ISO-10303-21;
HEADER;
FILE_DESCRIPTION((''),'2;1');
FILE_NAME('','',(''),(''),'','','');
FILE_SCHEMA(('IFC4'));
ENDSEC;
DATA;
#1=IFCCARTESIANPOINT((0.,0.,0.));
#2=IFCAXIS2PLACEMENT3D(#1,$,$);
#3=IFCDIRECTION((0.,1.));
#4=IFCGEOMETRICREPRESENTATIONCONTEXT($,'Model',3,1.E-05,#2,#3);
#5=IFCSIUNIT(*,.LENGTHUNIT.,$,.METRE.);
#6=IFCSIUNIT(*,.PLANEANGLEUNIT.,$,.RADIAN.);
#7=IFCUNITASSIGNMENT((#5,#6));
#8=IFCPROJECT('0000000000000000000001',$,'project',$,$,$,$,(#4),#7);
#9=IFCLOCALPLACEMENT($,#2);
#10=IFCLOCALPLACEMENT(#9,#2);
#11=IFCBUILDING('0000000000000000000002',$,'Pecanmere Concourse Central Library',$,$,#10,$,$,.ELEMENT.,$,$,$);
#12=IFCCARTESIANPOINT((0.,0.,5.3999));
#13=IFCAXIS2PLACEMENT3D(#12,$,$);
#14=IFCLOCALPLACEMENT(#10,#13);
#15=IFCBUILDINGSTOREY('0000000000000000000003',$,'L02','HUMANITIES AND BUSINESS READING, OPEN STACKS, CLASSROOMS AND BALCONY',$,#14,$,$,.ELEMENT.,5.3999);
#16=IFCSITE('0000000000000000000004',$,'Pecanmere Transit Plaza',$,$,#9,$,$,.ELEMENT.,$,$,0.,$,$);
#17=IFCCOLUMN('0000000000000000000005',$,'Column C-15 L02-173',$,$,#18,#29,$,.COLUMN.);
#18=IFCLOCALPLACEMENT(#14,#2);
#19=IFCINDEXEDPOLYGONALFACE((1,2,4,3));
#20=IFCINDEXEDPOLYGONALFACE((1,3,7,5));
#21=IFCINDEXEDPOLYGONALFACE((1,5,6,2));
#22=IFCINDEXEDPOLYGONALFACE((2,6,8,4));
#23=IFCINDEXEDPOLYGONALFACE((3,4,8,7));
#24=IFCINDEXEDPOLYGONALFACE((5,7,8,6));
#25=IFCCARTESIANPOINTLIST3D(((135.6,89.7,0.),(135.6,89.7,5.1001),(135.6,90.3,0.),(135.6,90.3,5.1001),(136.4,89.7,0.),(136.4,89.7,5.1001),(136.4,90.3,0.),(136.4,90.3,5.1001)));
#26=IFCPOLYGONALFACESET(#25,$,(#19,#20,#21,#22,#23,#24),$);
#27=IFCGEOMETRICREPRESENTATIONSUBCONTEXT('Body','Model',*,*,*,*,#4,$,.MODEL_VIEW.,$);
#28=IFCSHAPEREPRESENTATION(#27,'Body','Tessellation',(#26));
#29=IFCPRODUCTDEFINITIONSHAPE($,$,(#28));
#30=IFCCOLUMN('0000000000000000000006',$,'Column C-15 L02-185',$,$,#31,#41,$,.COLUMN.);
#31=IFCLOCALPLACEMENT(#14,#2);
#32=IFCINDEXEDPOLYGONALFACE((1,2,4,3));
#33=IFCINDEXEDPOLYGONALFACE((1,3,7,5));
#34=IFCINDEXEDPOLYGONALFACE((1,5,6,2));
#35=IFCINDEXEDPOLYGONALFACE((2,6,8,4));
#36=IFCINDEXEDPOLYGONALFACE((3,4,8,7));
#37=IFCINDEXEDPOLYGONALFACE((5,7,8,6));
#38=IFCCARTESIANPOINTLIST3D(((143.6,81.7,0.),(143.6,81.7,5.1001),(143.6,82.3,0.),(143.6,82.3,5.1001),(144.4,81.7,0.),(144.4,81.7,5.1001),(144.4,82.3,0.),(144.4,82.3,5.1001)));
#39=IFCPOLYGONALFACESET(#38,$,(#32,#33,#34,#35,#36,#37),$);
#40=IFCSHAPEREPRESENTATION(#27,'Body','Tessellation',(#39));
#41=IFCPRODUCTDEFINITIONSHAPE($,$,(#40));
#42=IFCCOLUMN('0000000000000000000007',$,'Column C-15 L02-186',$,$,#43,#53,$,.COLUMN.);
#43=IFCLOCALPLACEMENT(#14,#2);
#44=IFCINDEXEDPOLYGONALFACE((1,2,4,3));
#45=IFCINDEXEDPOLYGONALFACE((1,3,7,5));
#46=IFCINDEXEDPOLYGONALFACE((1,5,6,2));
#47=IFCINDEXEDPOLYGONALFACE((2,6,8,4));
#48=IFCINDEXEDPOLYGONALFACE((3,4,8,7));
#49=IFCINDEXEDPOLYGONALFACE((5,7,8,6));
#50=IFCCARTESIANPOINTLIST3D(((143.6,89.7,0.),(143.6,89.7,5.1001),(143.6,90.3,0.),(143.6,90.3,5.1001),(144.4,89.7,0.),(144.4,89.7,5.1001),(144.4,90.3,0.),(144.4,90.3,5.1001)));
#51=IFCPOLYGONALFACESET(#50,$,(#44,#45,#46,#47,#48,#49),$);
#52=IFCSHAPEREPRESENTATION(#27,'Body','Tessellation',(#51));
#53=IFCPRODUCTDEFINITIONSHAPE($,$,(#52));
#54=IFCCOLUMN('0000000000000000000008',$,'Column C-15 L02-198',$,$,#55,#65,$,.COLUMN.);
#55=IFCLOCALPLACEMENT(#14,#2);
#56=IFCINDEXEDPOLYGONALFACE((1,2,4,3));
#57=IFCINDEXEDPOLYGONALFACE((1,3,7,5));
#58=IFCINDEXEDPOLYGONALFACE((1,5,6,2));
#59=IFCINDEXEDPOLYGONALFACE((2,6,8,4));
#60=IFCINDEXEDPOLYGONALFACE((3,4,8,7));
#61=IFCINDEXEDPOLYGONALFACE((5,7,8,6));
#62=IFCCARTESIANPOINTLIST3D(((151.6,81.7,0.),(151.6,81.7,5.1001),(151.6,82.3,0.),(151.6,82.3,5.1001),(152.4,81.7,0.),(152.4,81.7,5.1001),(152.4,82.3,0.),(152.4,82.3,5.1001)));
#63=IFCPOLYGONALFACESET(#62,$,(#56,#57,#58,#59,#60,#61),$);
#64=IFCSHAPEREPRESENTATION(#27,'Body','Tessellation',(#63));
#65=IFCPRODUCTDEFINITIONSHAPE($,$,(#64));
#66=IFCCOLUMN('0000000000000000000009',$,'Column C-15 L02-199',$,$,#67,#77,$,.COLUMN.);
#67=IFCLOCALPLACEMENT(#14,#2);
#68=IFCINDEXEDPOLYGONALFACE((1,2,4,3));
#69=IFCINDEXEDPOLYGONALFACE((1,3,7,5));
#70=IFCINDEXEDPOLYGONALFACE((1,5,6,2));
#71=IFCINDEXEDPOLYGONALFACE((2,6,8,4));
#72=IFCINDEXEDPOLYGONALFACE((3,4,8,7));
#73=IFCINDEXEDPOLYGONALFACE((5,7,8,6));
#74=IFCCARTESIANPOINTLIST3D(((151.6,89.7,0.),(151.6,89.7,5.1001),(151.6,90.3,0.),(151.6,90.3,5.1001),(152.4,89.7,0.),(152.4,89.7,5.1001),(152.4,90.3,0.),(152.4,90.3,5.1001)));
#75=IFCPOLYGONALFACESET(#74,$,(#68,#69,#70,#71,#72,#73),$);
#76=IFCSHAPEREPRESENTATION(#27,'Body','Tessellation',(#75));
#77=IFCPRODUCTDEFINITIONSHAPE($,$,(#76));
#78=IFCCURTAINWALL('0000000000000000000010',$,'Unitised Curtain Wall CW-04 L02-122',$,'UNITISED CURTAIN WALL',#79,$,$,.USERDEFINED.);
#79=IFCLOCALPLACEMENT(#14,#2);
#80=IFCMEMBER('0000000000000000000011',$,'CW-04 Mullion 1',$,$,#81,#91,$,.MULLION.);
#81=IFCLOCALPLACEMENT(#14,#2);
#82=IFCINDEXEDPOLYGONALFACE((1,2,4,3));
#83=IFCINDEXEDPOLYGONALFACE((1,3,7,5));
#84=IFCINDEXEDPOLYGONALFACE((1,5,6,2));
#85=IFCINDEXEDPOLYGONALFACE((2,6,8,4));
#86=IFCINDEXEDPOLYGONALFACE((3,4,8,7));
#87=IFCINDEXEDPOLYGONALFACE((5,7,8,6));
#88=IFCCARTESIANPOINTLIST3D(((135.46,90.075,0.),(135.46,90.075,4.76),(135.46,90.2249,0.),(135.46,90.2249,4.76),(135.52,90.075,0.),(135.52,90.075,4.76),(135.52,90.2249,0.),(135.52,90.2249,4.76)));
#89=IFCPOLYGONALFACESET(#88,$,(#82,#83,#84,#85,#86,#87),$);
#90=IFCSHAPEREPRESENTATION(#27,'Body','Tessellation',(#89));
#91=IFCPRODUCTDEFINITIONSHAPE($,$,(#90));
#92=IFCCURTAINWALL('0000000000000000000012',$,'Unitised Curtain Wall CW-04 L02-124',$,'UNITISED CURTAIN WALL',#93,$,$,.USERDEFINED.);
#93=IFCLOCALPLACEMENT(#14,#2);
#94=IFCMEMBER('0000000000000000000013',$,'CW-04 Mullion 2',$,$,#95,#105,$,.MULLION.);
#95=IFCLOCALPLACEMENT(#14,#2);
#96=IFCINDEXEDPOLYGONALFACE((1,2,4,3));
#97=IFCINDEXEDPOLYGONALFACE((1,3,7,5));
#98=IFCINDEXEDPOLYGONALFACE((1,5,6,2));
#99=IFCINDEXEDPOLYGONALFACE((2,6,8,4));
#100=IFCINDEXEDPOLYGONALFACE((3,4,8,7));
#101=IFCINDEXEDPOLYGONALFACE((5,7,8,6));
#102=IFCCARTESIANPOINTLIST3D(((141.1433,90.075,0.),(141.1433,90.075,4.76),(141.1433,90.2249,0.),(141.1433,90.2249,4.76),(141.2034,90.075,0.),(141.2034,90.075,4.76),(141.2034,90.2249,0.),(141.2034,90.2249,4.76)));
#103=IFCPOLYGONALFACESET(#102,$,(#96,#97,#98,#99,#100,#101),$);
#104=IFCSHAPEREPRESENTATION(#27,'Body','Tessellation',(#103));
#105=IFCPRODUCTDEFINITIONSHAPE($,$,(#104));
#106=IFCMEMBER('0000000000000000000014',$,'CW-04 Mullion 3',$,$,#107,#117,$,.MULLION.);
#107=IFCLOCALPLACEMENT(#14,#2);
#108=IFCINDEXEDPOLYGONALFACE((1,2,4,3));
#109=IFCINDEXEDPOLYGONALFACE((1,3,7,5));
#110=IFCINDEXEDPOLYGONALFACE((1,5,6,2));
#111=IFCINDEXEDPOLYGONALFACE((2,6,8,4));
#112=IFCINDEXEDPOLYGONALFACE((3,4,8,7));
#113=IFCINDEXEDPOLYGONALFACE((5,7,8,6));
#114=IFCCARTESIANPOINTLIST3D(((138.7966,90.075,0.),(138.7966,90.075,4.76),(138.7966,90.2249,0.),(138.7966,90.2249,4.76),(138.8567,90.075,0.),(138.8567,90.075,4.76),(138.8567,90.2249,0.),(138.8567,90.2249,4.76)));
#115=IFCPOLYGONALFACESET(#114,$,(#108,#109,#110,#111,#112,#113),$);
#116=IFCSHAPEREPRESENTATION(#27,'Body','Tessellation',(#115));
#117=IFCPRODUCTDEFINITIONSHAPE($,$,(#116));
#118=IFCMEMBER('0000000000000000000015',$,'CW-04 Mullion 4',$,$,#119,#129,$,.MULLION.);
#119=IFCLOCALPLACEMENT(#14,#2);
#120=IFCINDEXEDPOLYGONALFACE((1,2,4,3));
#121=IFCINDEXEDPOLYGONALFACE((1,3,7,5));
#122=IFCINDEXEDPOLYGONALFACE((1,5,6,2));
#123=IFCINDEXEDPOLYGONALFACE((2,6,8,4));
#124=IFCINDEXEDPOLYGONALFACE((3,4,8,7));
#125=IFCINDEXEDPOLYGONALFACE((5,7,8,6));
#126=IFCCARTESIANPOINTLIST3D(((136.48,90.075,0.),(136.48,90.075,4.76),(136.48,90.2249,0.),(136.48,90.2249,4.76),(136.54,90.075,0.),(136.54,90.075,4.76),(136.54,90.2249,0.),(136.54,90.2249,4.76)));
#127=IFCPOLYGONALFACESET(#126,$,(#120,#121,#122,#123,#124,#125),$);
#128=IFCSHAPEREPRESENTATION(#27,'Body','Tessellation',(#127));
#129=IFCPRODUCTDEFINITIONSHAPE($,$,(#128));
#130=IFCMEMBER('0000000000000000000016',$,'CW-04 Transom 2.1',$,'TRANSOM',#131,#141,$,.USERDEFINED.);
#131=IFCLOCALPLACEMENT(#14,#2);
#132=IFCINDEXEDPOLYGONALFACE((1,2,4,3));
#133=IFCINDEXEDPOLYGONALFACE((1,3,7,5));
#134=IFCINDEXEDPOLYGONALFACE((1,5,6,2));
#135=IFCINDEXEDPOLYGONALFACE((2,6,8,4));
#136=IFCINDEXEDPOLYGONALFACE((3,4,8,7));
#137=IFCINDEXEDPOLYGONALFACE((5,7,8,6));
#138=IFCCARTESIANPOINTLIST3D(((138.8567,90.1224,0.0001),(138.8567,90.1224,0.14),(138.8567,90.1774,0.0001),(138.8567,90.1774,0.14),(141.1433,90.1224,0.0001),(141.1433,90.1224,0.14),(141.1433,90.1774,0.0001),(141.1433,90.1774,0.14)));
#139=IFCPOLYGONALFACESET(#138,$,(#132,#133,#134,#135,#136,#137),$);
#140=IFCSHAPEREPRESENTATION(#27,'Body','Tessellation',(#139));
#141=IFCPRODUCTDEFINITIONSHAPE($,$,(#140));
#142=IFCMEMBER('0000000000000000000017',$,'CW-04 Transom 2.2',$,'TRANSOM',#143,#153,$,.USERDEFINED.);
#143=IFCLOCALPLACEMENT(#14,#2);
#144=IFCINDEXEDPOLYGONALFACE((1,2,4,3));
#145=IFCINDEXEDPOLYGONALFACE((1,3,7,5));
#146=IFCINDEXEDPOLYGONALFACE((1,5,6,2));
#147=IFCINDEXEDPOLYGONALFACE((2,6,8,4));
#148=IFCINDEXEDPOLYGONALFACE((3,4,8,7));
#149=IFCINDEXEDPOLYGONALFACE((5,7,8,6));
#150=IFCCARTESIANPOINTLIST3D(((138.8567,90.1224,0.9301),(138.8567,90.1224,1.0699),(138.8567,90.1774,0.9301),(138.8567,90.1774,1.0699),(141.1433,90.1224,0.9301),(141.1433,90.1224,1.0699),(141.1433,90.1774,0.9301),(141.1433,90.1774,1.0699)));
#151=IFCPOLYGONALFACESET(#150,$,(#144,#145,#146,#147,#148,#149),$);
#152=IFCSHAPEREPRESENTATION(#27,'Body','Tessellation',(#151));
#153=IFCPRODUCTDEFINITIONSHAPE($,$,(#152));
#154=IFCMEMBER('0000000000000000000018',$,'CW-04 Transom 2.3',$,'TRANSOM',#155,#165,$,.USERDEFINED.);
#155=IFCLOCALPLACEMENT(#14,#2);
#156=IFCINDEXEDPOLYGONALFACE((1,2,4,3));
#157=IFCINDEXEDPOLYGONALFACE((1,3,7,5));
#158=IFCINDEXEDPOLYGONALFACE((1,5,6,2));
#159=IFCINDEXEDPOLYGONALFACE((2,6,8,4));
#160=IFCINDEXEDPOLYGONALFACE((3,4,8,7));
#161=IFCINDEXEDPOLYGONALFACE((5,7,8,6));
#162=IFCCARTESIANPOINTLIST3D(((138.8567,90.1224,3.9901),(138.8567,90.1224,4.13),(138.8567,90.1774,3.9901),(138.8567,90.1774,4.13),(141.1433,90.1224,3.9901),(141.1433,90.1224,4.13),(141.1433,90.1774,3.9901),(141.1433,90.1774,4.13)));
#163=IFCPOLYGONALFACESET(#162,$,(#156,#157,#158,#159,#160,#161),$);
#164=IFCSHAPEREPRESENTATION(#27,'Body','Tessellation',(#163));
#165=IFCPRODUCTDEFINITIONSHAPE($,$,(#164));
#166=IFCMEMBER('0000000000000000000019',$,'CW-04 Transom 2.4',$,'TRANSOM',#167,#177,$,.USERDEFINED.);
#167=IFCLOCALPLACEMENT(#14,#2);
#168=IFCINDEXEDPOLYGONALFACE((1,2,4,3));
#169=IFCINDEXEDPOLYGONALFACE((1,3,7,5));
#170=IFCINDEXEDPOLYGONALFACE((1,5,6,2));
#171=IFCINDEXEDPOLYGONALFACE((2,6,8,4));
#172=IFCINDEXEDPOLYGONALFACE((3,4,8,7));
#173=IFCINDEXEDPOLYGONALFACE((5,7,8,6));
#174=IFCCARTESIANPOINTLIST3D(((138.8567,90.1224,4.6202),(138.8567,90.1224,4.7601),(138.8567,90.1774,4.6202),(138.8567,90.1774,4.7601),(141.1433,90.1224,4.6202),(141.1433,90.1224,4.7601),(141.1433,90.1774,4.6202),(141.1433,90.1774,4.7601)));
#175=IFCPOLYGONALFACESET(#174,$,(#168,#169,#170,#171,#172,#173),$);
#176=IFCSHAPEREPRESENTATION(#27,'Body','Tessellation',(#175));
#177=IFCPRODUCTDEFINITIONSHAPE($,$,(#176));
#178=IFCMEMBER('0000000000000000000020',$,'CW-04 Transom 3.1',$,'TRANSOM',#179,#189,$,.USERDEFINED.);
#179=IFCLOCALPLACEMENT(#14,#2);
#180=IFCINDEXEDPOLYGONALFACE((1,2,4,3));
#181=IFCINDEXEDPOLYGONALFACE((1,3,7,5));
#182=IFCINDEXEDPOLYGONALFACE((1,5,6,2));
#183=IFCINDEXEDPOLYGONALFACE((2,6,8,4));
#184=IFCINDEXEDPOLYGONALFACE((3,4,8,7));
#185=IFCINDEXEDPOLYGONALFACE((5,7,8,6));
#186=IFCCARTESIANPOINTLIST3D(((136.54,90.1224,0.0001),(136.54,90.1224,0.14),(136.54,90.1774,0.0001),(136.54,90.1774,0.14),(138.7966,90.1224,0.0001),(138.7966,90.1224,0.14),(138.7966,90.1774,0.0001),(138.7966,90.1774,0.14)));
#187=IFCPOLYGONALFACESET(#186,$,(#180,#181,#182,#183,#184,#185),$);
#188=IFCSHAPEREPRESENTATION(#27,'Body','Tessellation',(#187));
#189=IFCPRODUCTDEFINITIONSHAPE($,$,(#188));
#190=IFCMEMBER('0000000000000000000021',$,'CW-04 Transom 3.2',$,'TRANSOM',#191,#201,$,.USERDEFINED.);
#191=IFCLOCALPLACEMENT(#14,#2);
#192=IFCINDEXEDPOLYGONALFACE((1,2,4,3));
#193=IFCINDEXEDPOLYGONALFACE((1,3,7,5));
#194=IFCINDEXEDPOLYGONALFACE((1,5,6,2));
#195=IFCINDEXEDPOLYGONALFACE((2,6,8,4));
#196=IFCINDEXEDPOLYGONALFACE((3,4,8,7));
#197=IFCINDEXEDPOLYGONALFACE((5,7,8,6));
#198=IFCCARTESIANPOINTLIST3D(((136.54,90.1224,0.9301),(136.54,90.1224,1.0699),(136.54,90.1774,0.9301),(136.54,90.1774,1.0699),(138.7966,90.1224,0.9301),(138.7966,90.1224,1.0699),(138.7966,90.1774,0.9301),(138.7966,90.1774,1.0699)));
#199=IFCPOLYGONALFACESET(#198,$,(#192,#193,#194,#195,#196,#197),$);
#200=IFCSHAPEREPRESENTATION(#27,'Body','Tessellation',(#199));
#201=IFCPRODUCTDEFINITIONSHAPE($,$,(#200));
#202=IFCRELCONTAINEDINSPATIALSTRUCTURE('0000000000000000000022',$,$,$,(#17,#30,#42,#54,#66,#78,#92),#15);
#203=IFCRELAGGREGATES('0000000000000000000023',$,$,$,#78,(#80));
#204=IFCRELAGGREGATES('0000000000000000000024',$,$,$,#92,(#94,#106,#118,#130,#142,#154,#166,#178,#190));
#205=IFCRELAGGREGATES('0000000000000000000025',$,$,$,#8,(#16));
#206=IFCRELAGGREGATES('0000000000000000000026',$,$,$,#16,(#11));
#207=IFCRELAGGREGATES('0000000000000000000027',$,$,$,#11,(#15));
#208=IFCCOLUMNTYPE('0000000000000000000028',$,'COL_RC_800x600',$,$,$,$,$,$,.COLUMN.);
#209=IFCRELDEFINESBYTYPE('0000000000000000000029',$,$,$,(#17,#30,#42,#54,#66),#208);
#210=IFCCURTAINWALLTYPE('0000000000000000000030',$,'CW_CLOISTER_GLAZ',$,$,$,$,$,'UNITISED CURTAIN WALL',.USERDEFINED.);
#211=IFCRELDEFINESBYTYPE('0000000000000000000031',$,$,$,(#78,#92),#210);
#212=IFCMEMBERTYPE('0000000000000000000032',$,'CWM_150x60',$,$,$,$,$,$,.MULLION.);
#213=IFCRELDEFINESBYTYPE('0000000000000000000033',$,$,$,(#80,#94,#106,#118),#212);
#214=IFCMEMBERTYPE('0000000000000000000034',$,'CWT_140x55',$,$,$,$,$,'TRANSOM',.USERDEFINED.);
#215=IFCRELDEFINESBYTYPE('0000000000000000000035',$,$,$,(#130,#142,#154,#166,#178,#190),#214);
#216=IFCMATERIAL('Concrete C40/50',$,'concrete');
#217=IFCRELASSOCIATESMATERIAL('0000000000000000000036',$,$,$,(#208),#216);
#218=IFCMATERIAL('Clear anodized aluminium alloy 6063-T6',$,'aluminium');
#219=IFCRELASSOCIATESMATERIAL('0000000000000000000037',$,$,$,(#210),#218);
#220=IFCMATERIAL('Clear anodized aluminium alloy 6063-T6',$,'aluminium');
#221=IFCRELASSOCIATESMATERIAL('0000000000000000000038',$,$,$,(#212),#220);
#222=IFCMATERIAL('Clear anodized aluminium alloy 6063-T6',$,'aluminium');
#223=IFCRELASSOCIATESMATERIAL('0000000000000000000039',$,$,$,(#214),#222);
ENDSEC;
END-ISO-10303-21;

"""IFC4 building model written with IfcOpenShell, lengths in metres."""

from ifc_helpers import new_model, si_unit, direction, frame, origin, origin_2d, place, context, subcontext, project, spatial, rectangle, extrude, material, material_profile, profile_set, type_object, element, aggregate, save


model = new_model("IFC4")

# Units and contexts
model_context = context("Model", 3, precision=1e-05, world=origin(), true_north=direction((0.0, 1.0)))
body_context = subcontext(model_context, "Body", "Model", "MODEL_VIEW")
ifc_project = project(units=[si_unit("LENGTHUNIT", "METRE"), si_unit("PLANEANGLEUNIT", "RADIAN")], contexts=[model_context])

# Site, building, storey
site_placement = place(None, origin())
site = spatial("IfcSite", under=ifc_project, at=site_placement, Name="Pecanmere Transit Plaza", CompositionType="ELEMENT", RefElevation=0.0)
building_placement = place(site_placement, origin())
building = spatial("IfcBuilding", under=site, at=building_placement, Name="Pecanmere Concourse Central Library", CompositionType="ELEMENT")
storey_placement = place(building_placement, frame((0.0, 0.0, 5.3999)))
storey = spatial("IfcBuildingStorey", under=building, at=storey_placement, Name="L02", Description="HUMANITIES AND BUSINESS READING, OPEN STACKS, CLASSROOMS AND BALCONY", CompositionType="ELEMENT", Elevation=5.3999)

# Columns
ifc_material_1 = material(Name="Concrete C40/50", Category="concrete")
ifc_material_profile_1 = material_profile(ifc_material_1, rectangle(XDim=0.8, YDim=0.6001, at=origin_2d()), Name="RC 800x600")
ifc_profile_set_1 = profile_set([ifc_material_profile_1], Name="Concrete C40/50")
column_type = type_object("IfcColumnType", Name="COL_RC_800x600", PredefinedType="COLUMN", material=ifc_profile_set_1)
for number, where, z_axis, x_axis, name in (
    (1, (136.0, 90.0, 0.0), (0.0, 0.0, 1.0), (1.0, 0.0, 0.0), "Column C-15 L02-173"),
    (2, (144.0, 82.0, 0.0), (0.0, 0.0, 1.0), (1.0, 0.0, 0.0), "Column C-15 L02-185"),
    (3, (144.0, 90.0, 0.0), (0.0, 0.0, 1.0), (1.0, 0.0, 0.0), "Column C-15 L02-186"),
    (4, (152.0, 82.0, 0.0), (0.0, 0.0, 1.0), (1.0, 0.0, 0.0), "Column C-15 L02-198"),
    (5, (152.0, 90.0, 0.0), (0.0, 0.0, 1.0), (1.0, 0.0, 0.0), "Column C-15 L02-199"),
):
    element("IfcColumn", number, at=place(storey_placement, frame(where, z_axis=z_axis, x_axis=x_axis)), inside=storey, type_object=column_type, Name=name, PredefinedType="COLUMN", context=body_context, shape_type="SweptSolid", body=[
        extrude(rectangle(XDim=0.8, YDim=0.6001, at=origin_2d()), origin(), (0.0, 0.0, 1.0), 5.1001),
    ])

# Curtain wall, member
ifc_material_2 = material(Name="Clear anodized aluminium alloy 6063-T6", Category="aluminium")
curtain_wall_type = type_object("IfcCurtainWallType", Name="CW_CLOISTER_GLAZ", ElementType="UNITISED CURTAIN WALL", PredefinedType="USERDEFINED", material=ifc_material_2)
curtain_wall_1_placement = place(storey_placement, origin())
curtain_wall_1 = element("IfcCurtainWall", 6, at=curtain_wall_1_placement, inside=storey, type_object=curtain_wall_type, Name="Unitised Curtain Wall CW-04 L02-122", ObjectType="UNITISED CURTAIN WALL", PredefinedType="USERDEFINED")
ifc_material_3 = material(Name="Clear anodized aluminium alloy 6063-T6", Category="aluminium")
ifc_material_profile_2 = material_profile(ifc_material_3, rectangle(XDim=0.0601, YDim=0.1499, at=origin_2d()), Name="AL 60x150")
ifc_profile_set_2 = profile_set([ifc_material_profile_2], Name="Clear anodized aluminium alloy 6063-T6")
member_type_1 = type_object("IfcMemberType", Name="CWM_150x60", PredefinedType="MULLION", material=ifc_profile_set_2)
member_1_placement = place(storey_placement, frame((135.49, 90.1499, 0.0), z_axis=(0.0, 0.0, 1.0), x_axis=(-1.0, 0.0, 0.0)))
member_1 = element("IfcMember", 7, at=member_1_placement, type_object=member_type_1, Name="CW-04 Mullion 1", PredefinedType="MULLION", context=body_context, shape_type="SweptSolid", body=[
    extrude(rectangle(XDim=0.0601, YDim=0.1499, at=origin_2d()), origin(), (0.0, 0.0, 1.0), 4.76),
])
aggregate(curtain_wall_1, [member_1])

# Curtain wall, members
curtain_wall_2_placement = place(storey_placement, origin())
curtain_wall_2 = element("IfcCurtainWall", 8, at=curtain_wall_2_placement, inside=storey, type_object=curtain_wall_type, Name="Unitised Curtain Wall CW-04 L02-124", ObjectType="UNITISED CURTAIN WALL", PredefinedType="USERDEFINED")
member_2_placement = place(storey_placement, frame((141.1733, 90.1499, 0.0), z_axis=(0.0, 0.0, 1.0), x_axis=(-1.0, 0.0, 0.0)))
member_2 = element("IfcMember", 9, at=member_2_placement, type_object=member_type_1, Name="CW-04 Mullion 2", PredefinedType="MULLION", context=body_context, shape_type="SweptSolid", body=[
    extrude(rectangle(XDim=0.0601, YDim=0.1499, at=origin_2d()), origin(), (0.0, 0.0, 1.0), 4.76),
])
member_3_placement = place(storey_placement, frame((138.8267, 90.1499, 0.0), z_axis=(0.0, 0.0, 1.0), x_axis=(-1.0, 0.0, 0.0)))
member_3 = element("IfcMember", 10, at=member_3_placement, type_object=member_type_1, Name="CW-04 Mullion 3", PredefinedType="MULLION", context=body_context, shape_type="SweptSolid", body=[
    extrude(rectangle(XDim=0.0601, YDim=0.1499, at=origin_2d()), origin(), (0.0, 0.0, 1.0), 4.76),
])
member_4_placement = place(storey_placement, frame((136.51, 90.1499, 0.0), z_axis=(0.0, 0.0, 1.0), x_axis=(-1.0, 0.0, 0.0)))
member_4 = element("IfcMember", 11, at=member_4_placement, type_object=member_type_1, Name="CW-04 Mullion 4", PredefinedType="MULLION", context=body_context, shape_type="SweptSolid", body=[
    extrude(rectangle(XDim=0.0601, YDim=0.1499, at=origin_2d()), origin(), (0.0, 0.0, 1.0), 4.76),
])
ifc_material_4 = material(Name="Clear anodized aluminium alloy 6063-T6", Category="aluminium")
ifc_material_profile_3 = material_profile(ifc_material_4, rectangle(XDim=0.0549, YDim=0.1399, at=origin_2d()), Name="AL 55x140")
ifc_profile_set_3 = profile_set([ifc_material_profile_3], Name="Clear anodized aluminium alloy 6063-T6")
member_type_2 = type_object("IfcMemberType", Name="CWT_140x55", ElementType="TRANSOM", PredefinedType="USERDEFINED", material=ifc_profile_set_3)
member_5_placement = place(storey_placement, frame((141.1433, 90.1499, 0.0701), z_axis=(-1.0, 0.0, 0.0), x_axis=(0.0, -1.0, 0.0)))
member_5 = element("IfcMember", 12, at=member_5_placement, type_object=member_type_2, Name="CW-04 Transom 2.1", ObjectType="TRANSOM", PredefinedType="USERDEFINED", context=body_context, shape_type="SweptSolid", body=[
    extrude(rectangle(XDim=0.0549, YDim=0.1399, at=origin_2d()), origin(), (0.0, 0.0, 1.0), 2.2866),
])
member_6_placement = place(storey_placement, frame((141.1433, 90.1499, 1.0), z_axis=(-1.0, 0.0, 0.0), x_axis=(0.0, -1.0, 0.0)))
member_6 = element("IfcMember", 13, at=member_6_placement, type_object=member_type_2, Name="CW-04 Transom 2.2", ObjectType="TRANSOM", PredefinedType="USERDEFINED", context=body_context, shape_type="SweptSolid", body=[
    extrude(rectangle(XDim=0.0549, YDim=0.1399, at=origin_2d()), origin(), (0.0, 0.0, 1.0), 2.2866),
])
member_7_placement = place(storey_placement, frame((141.1433, 90.1499, 4.0601), z_axis=(-1.0, 0.0, 0.0), x_axis=(0.0, -1.0, 0.0)))
member_7 = element("IfcMember", 14, at=member_7_placement, type_object=member_type_2, Name="CW-04 Transom 2.3", ObjectType="TRANSOM", PredefinedType="USERDEFINED", context=body_context, shape_type="SweptSolid", body=[
    extrude(rectangle(XDim=0.0549, YDim=0.1399, at=origin_2d()), origin(), (0.0, 0.0, 1.0), 2.2866),
])
member_8_placement = place(storey_placement, frame((141.1433, 90.1499, 4.6902), z_axis=(-1.0, 0.0, 0.0), x_axis=(0.0, -1.0, 0.0)))
member_8 = element("IfcMember", 15, at=member_8_placement, type_object=member_type_2, Name="CW-04 Transom 2.4", ObjectType="TRANSOM", PredefinedType="USERDEFINED", context=body_context, shape_type="SweptSolid", body=[
    extrude(rectangle(XDim=0.0549, YDim=0.1399, at=origin_2d()), origin(), (0.0, 0.0, 1.0), 2.2866),
])
member_9_placement = place(storey_placement, frame((138.7966, 90.1499, 0.0701), z_axis=(-1.0, 0.0, 0.0), x_axis=(0.0, -1.0, 0.0)))
member_9 = element("IfcMember", 16, at=member_9_placement, type_object=member_type_2, Name="CW-04 Transom 3.1", ObjectType="TRANSOM", PredefinedType="USERDEFINED", context=body_context, shape_type="SweptSolid", body=[
    extrude(rectangle(XDim=0.0549, YDim=0.1399, at=origin_2d()), origin(), (0.0, 0.0, 1.0), 2.2566),
])
member_10_placement = place(storey_placement, frame((138.7966, 90.1499, 1.0), z_axis=(-1.0, 0.0, 0.0), x_axis=(0.0, -1.0, 0.0)))
member_10 = element("IfcMember", 17, at=member_10_placement, type_object=member_type_2, Name="CW-04 Transom 3.2", ObjectType="TRANSOM", PredefinedType="USERDEFINED", context=body_context, shape_type="SweptSolid", body=[
    extrude(rectangle(XDim=0.0549, YDim=0.1399, at=origin_2d()), origin(), (0.0, 0.0, 1.0), 2.2566),
])

aggregate(curtain_wall_2, [member_2, member_3, member_4, member_5, member_6, member_7, member_8, member_9, member_10])

save(model, "model.ifc")
